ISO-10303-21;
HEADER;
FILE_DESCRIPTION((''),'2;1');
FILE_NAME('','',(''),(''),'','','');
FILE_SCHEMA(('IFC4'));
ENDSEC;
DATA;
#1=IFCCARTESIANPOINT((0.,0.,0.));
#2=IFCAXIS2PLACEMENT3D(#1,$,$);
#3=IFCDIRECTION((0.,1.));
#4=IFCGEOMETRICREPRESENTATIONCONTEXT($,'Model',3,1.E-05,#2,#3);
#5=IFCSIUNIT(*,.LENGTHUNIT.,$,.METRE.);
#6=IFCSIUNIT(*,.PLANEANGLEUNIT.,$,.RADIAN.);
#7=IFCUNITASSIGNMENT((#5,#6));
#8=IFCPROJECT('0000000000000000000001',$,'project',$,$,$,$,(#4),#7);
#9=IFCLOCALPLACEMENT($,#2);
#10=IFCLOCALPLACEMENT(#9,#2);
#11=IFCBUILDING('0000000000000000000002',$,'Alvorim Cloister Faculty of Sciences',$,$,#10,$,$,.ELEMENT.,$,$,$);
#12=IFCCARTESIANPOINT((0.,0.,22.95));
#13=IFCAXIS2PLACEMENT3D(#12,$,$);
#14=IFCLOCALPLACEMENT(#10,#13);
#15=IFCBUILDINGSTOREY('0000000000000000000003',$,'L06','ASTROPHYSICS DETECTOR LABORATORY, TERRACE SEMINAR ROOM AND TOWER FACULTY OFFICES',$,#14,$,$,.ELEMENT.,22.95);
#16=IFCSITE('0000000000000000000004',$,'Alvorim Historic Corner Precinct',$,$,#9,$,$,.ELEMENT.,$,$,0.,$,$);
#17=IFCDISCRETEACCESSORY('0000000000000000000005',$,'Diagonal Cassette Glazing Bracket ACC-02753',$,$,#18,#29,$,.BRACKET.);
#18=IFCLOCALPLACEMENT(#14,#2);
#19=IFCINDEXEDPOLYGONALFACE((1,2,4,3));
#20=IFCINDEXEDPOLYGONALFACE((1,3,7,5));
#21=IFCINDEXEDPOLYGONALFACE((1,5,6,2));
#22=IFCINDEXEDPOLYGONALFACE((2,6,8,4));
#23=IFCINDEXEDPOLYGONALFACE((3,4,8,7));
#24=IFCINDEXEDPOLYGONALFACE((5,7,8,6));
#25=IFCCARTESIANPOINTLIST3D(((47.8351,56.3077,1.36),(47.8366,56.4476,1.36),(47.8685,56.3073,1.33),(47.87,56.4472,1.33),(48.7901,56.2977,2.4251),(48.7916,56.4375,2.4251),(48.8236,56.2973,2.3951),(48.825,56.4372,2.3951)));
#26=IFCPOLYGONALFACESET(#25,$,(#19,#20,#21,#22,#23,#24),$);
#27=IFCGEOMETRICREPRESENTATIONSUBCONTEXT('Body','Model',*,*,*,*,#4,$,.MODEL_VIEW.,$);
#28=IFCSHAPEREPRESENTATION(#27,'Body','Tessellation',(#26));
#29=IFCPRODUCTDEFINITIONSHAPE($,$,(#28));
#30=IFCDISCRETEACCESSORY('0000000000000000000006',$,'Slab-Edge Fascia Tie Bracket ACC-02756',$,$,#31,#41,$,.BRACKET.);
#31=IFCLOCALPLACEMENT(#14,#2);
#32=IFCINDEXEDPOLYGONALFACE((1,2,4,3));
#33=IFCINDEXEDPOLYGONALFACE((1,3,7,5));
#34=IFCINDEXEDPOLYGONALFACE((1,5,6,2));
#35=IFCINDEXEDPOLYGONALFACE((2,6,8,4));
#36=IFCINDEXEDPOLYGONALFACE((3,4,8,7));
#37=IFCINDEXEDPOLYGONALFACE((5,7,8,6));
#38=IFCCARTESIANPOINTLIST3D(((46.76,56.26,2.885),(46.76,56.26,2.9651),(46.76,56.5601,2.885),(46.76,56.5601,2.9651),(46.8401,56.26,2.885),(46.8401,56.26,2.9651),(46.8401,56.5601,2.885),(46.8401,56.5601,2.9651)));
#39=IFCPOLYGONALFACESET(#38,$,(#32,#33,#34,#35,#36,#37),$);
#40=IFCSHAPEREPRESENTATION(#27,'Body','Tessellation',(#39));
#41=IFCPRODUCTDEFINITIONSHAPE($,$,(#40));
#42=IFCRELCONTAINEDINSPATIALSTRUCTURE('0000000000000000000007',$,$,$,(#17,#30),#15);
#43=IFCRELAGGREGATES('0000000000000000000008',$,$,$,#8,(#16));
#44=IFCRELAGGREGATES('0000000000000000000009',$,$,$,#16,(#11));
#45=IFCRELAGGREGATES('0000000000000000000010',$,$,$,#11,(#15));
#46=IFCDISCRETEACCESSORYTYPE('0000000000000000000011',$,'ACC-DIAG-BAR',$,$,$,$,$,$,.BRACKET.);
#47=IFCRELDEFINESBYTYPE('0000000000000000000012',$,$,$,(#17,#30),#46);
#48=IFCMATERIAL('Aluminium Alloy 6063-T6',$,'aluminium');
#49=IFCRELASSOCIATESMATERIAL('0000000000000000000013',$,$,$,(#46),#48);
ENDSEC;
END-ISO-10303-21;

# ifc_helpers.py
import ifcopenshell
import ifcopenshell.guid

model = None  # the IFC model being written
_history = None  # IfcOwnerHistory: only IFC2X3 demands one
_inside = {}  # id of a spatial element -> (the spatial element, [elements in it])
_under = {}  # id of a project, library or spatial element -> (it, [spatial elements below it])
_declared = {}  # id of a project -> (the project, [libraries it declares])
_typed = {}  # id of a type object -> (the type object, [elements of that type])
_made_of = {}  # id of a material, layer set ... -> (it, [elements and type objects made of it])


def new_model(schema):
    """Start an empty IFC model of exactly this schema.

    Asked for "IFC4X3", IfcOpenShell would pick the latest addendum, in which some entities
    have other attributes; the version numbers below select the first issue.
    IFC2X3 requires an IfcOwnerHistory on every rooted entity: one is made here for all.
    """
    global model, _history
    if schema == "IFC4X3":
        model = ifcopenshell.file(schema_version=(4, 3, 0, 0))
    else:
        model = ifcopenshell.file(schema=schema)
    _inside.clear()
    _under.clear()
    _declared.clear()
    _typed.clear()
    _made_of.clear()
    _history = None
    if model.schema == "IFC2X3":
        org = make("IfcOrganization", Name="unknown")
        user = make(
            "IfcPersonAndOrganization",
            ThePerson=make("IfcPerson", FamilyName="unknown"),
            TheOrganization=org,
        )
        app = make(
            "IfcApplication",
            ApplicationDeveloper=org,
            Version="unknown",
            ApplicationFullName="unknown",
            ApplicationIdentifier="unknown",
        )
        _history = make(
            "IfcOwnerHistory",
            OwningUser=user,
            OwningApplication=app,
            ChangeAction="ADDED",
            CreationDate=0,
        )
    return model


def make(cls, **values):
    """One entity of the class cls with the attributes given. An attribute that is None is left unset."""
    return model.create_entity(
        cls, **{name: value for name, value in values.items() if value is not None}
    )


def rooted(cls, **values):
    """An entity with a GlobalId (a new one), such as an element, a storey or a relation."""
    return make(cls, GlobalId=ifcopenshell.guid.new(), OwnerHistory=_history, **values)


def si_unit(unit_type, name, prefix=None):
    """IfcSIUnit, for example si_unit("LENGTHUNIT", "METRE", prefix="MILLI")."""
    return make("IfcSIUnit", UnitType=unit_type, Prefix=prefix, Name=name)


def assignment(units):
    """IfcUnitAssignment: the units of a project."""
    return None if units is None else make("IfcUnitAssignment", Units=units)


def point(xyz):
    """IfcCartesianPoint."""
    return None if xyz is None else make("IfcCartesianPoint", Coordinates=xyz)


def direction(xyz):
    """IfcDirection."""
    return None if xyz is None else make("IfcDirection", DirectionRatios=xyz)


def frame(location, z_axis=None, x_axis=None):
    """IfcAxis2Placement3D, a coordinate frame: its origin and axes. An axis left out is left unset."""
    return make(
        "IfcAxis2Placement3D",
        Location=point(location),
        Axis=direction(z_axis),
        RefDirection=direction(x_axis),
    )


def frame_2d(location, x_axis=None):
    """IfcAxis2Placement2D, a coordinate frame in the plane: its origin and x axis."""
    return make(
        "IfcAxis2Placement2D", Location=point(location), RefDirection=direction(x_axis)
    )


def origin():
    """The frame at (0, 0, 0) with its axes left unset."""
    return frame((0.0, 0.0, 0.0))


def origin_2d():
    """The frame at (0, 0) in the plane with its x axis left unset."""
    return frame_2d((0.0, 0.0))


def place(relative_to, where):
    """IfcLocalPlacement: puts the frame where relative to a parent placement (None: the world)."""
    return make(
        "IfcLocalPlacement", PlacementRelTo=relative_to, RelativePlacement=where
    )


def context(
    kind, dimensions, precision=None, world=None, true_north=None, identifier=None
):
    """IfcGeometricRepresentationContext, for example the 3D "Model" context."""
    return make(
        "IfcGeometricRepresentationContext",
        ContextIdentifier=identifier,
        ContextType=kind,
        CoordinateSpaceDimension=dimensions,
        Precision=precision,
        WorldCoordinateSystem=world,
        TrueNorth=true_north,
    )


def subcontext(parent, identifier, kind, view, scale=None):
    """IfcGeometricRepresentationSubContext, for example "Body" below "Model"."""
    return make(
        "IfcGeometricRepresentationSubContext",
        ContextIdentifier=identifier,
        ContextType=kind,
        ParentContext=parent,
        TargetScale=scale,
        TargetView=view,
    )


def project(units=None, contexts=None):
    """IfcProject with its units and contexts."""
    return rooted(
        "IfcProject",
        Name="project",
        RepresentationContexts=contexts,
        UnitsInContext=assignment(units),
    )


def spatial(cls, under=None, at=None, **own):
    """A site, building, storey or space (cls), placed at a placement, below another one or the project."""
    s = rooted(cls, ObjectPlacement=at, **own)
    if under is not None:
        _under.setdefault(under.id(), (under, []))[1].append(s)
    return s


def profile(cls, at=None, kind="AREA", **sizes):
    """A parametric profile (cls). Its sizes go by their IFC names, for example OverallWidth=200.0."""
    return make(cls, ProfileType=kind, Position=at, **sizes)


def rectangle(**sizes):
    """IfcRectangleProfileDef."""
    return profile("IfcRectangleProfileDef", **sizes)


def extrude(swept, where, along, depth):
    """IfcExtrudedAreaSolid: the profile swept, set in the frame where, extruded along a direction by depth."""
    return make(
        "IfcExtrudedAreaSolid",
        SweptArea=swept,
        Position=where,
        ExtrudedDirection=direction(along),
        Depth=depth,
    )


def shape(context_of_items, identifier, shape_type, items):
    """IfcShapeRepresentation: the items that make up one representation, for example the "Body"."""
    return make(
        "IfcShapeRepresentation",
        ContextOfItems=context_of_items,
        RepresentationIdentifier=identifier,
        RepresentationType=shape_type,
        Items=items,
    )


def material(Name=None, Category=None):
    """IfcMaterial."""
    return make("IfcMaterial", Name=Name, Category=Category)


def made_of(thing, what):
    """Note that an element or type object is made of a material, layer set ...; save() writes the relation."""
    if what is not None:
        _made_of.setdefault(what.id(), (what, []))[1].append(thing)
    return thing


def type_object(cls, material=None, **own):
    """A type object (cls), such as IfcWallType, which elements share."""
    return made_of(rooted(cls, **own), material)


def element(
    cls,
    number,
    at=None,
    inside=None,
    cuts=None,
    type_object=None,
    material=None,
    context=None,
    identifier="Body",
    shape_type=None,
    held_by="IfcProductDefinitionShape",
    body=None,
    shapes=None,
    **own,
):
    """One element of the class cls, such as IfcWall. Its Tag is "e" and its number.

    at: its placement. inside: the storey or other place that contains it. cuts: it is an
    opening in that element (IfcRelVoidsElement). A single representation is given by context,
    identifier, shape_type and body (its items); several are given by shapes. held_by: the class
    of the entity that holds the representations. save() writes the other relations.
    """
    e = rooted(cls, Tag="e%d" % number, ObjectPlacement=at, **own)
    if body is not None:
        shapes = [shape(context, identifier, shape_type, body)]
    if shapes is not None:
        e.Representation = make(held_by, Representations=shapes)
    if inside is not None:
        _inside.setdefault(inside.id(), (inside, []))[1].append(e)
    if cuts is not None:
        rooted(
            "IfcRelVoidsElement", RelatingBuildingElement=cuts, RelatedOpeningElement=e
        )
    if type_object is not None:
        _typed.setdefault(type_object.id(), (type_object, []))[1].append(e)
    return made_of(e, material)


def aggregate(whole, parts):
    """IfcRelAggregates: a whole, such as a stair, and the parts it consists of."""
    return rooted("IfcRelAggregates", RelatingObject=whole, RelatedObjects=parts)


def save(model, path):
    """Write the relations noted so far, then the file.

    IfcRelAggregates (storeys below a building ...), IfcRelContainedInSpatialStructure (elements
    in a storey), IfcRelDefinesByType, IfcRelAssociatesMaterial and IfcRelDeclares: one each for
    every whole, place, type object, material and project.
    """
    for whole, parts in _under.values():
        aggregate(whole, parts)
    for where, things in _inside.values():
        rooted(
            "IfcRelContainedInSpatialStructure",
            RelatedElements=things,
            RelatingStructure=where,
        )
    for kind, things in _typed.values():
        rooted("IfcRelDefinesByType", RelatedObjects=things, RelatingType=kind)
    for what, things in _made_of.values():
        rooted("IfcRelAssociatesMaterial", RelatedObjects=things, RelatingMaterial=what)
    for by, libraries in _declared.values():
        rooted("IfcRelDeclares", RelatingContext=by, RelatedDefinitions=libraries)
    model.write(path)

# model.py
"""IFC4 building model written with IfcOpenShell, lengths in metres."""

from ifc_helpers import new_model, si_unit, direction, frame, origin, origin_2d, place, context, subcontext, project, spatial, rectangle, extrude, material, type_object, element, save


model = new_model("IFC4")

# Units and contexts
model_context = context("Model", 3, precision=1e-05, world=origin(), true_north=direction((0.0, 1.0)))
body_context = subcontext(model_context, "Body", "Model", "MODEL_VIEW")
ifc_project = project(units=[si_unit("LENGTHUNIT", "METRE"), si_unit("PLANEANGLEUNIT", "RADIAN")], contexts=[model_context])

# Site, building, storey
site_placement = place(None, origin())
site = spatial("IfcSite", under=ifc_project, at=site_placement, Name="Alvorim Historic Corner Precinct", CompositionType="ELEMENT", RefElevation=0.0)
building_placement = place(site_placement, origin())
building = spatial("IfcBuilding", under=site, at=building_placement, Name="Alvorim Cloister Faculty of Sciences", CompositionType="ELEMENT")
storey_placement = place(building_placement, frame((0.0, 0.0, 22.95)))
storey = spatial("IfcBuildingStorey", under=building, at=storey_placement, Name="L06", Description="ASTROPHYSICS DETECTOR LABORATORY, TERRACE SEMINAR ROOM AND TOWER FACULTY OFFICES", CompositionType="ELEMENT", Elevation=22.95)

# Shared definitions
ifc_material_1 = material(Name="Aluminium Alloy 6063-T6", Category="aluminium")

# Discrete accessories
discrete_accessory_type = type_object("IfcDiscreteAccessoryType", Name="ACC-DIAG-BAR", PredefinedType="BRACKET", material=ifc_material_1)
discrete_accessory_1_placement = place(storey_placement, frame((47.8525, 56.3774, 1.345), z_axis=(0.667561, -0.006996, 0.744522), x_axis=(0.01048, 0.999945, 0.0)))
element("IfcDiscreteAccessory", 1, at=discrete_accessory_1_placement, inside=storey, type_object=discrete_accessory_type, Name="Diagonal Cassette Glazing Bracket ACC-02753", PredefinedType="BRACKET", context=body_context, shape_type="SweptSolid", body=[
    extrude(rectangle(XDim=0.1399, YDim=0.0449, at=origin_2d()), origin(), (0.0, 0.0, 1.0), 1.4307),
])
discrete_accessory_2_placement = place(storey_placement, frame((46.8, 56.26, 2.925), z_axis=(0.0, 1.0, 0.0), x_axis=(-1.0, 0.0, 0.0)))
element("IfcDiscreteAccessory", 2, at=discrete_accessory_2_placement, inside=storey, type_object=discrete_accessory_type, Name="Slab-Edge Fascia Tie Bracket ACC-02756", PredefinedType="BRACKET", context=body_context, shape_type="SweptSolid", body=[
    extrude(rectangle(XDim=0.0801, YDim=0.0801, at=origin_2d()), origin(), (0.0, 0.0, 1.0), 0.3),
])

save(model, "model.ifc")
